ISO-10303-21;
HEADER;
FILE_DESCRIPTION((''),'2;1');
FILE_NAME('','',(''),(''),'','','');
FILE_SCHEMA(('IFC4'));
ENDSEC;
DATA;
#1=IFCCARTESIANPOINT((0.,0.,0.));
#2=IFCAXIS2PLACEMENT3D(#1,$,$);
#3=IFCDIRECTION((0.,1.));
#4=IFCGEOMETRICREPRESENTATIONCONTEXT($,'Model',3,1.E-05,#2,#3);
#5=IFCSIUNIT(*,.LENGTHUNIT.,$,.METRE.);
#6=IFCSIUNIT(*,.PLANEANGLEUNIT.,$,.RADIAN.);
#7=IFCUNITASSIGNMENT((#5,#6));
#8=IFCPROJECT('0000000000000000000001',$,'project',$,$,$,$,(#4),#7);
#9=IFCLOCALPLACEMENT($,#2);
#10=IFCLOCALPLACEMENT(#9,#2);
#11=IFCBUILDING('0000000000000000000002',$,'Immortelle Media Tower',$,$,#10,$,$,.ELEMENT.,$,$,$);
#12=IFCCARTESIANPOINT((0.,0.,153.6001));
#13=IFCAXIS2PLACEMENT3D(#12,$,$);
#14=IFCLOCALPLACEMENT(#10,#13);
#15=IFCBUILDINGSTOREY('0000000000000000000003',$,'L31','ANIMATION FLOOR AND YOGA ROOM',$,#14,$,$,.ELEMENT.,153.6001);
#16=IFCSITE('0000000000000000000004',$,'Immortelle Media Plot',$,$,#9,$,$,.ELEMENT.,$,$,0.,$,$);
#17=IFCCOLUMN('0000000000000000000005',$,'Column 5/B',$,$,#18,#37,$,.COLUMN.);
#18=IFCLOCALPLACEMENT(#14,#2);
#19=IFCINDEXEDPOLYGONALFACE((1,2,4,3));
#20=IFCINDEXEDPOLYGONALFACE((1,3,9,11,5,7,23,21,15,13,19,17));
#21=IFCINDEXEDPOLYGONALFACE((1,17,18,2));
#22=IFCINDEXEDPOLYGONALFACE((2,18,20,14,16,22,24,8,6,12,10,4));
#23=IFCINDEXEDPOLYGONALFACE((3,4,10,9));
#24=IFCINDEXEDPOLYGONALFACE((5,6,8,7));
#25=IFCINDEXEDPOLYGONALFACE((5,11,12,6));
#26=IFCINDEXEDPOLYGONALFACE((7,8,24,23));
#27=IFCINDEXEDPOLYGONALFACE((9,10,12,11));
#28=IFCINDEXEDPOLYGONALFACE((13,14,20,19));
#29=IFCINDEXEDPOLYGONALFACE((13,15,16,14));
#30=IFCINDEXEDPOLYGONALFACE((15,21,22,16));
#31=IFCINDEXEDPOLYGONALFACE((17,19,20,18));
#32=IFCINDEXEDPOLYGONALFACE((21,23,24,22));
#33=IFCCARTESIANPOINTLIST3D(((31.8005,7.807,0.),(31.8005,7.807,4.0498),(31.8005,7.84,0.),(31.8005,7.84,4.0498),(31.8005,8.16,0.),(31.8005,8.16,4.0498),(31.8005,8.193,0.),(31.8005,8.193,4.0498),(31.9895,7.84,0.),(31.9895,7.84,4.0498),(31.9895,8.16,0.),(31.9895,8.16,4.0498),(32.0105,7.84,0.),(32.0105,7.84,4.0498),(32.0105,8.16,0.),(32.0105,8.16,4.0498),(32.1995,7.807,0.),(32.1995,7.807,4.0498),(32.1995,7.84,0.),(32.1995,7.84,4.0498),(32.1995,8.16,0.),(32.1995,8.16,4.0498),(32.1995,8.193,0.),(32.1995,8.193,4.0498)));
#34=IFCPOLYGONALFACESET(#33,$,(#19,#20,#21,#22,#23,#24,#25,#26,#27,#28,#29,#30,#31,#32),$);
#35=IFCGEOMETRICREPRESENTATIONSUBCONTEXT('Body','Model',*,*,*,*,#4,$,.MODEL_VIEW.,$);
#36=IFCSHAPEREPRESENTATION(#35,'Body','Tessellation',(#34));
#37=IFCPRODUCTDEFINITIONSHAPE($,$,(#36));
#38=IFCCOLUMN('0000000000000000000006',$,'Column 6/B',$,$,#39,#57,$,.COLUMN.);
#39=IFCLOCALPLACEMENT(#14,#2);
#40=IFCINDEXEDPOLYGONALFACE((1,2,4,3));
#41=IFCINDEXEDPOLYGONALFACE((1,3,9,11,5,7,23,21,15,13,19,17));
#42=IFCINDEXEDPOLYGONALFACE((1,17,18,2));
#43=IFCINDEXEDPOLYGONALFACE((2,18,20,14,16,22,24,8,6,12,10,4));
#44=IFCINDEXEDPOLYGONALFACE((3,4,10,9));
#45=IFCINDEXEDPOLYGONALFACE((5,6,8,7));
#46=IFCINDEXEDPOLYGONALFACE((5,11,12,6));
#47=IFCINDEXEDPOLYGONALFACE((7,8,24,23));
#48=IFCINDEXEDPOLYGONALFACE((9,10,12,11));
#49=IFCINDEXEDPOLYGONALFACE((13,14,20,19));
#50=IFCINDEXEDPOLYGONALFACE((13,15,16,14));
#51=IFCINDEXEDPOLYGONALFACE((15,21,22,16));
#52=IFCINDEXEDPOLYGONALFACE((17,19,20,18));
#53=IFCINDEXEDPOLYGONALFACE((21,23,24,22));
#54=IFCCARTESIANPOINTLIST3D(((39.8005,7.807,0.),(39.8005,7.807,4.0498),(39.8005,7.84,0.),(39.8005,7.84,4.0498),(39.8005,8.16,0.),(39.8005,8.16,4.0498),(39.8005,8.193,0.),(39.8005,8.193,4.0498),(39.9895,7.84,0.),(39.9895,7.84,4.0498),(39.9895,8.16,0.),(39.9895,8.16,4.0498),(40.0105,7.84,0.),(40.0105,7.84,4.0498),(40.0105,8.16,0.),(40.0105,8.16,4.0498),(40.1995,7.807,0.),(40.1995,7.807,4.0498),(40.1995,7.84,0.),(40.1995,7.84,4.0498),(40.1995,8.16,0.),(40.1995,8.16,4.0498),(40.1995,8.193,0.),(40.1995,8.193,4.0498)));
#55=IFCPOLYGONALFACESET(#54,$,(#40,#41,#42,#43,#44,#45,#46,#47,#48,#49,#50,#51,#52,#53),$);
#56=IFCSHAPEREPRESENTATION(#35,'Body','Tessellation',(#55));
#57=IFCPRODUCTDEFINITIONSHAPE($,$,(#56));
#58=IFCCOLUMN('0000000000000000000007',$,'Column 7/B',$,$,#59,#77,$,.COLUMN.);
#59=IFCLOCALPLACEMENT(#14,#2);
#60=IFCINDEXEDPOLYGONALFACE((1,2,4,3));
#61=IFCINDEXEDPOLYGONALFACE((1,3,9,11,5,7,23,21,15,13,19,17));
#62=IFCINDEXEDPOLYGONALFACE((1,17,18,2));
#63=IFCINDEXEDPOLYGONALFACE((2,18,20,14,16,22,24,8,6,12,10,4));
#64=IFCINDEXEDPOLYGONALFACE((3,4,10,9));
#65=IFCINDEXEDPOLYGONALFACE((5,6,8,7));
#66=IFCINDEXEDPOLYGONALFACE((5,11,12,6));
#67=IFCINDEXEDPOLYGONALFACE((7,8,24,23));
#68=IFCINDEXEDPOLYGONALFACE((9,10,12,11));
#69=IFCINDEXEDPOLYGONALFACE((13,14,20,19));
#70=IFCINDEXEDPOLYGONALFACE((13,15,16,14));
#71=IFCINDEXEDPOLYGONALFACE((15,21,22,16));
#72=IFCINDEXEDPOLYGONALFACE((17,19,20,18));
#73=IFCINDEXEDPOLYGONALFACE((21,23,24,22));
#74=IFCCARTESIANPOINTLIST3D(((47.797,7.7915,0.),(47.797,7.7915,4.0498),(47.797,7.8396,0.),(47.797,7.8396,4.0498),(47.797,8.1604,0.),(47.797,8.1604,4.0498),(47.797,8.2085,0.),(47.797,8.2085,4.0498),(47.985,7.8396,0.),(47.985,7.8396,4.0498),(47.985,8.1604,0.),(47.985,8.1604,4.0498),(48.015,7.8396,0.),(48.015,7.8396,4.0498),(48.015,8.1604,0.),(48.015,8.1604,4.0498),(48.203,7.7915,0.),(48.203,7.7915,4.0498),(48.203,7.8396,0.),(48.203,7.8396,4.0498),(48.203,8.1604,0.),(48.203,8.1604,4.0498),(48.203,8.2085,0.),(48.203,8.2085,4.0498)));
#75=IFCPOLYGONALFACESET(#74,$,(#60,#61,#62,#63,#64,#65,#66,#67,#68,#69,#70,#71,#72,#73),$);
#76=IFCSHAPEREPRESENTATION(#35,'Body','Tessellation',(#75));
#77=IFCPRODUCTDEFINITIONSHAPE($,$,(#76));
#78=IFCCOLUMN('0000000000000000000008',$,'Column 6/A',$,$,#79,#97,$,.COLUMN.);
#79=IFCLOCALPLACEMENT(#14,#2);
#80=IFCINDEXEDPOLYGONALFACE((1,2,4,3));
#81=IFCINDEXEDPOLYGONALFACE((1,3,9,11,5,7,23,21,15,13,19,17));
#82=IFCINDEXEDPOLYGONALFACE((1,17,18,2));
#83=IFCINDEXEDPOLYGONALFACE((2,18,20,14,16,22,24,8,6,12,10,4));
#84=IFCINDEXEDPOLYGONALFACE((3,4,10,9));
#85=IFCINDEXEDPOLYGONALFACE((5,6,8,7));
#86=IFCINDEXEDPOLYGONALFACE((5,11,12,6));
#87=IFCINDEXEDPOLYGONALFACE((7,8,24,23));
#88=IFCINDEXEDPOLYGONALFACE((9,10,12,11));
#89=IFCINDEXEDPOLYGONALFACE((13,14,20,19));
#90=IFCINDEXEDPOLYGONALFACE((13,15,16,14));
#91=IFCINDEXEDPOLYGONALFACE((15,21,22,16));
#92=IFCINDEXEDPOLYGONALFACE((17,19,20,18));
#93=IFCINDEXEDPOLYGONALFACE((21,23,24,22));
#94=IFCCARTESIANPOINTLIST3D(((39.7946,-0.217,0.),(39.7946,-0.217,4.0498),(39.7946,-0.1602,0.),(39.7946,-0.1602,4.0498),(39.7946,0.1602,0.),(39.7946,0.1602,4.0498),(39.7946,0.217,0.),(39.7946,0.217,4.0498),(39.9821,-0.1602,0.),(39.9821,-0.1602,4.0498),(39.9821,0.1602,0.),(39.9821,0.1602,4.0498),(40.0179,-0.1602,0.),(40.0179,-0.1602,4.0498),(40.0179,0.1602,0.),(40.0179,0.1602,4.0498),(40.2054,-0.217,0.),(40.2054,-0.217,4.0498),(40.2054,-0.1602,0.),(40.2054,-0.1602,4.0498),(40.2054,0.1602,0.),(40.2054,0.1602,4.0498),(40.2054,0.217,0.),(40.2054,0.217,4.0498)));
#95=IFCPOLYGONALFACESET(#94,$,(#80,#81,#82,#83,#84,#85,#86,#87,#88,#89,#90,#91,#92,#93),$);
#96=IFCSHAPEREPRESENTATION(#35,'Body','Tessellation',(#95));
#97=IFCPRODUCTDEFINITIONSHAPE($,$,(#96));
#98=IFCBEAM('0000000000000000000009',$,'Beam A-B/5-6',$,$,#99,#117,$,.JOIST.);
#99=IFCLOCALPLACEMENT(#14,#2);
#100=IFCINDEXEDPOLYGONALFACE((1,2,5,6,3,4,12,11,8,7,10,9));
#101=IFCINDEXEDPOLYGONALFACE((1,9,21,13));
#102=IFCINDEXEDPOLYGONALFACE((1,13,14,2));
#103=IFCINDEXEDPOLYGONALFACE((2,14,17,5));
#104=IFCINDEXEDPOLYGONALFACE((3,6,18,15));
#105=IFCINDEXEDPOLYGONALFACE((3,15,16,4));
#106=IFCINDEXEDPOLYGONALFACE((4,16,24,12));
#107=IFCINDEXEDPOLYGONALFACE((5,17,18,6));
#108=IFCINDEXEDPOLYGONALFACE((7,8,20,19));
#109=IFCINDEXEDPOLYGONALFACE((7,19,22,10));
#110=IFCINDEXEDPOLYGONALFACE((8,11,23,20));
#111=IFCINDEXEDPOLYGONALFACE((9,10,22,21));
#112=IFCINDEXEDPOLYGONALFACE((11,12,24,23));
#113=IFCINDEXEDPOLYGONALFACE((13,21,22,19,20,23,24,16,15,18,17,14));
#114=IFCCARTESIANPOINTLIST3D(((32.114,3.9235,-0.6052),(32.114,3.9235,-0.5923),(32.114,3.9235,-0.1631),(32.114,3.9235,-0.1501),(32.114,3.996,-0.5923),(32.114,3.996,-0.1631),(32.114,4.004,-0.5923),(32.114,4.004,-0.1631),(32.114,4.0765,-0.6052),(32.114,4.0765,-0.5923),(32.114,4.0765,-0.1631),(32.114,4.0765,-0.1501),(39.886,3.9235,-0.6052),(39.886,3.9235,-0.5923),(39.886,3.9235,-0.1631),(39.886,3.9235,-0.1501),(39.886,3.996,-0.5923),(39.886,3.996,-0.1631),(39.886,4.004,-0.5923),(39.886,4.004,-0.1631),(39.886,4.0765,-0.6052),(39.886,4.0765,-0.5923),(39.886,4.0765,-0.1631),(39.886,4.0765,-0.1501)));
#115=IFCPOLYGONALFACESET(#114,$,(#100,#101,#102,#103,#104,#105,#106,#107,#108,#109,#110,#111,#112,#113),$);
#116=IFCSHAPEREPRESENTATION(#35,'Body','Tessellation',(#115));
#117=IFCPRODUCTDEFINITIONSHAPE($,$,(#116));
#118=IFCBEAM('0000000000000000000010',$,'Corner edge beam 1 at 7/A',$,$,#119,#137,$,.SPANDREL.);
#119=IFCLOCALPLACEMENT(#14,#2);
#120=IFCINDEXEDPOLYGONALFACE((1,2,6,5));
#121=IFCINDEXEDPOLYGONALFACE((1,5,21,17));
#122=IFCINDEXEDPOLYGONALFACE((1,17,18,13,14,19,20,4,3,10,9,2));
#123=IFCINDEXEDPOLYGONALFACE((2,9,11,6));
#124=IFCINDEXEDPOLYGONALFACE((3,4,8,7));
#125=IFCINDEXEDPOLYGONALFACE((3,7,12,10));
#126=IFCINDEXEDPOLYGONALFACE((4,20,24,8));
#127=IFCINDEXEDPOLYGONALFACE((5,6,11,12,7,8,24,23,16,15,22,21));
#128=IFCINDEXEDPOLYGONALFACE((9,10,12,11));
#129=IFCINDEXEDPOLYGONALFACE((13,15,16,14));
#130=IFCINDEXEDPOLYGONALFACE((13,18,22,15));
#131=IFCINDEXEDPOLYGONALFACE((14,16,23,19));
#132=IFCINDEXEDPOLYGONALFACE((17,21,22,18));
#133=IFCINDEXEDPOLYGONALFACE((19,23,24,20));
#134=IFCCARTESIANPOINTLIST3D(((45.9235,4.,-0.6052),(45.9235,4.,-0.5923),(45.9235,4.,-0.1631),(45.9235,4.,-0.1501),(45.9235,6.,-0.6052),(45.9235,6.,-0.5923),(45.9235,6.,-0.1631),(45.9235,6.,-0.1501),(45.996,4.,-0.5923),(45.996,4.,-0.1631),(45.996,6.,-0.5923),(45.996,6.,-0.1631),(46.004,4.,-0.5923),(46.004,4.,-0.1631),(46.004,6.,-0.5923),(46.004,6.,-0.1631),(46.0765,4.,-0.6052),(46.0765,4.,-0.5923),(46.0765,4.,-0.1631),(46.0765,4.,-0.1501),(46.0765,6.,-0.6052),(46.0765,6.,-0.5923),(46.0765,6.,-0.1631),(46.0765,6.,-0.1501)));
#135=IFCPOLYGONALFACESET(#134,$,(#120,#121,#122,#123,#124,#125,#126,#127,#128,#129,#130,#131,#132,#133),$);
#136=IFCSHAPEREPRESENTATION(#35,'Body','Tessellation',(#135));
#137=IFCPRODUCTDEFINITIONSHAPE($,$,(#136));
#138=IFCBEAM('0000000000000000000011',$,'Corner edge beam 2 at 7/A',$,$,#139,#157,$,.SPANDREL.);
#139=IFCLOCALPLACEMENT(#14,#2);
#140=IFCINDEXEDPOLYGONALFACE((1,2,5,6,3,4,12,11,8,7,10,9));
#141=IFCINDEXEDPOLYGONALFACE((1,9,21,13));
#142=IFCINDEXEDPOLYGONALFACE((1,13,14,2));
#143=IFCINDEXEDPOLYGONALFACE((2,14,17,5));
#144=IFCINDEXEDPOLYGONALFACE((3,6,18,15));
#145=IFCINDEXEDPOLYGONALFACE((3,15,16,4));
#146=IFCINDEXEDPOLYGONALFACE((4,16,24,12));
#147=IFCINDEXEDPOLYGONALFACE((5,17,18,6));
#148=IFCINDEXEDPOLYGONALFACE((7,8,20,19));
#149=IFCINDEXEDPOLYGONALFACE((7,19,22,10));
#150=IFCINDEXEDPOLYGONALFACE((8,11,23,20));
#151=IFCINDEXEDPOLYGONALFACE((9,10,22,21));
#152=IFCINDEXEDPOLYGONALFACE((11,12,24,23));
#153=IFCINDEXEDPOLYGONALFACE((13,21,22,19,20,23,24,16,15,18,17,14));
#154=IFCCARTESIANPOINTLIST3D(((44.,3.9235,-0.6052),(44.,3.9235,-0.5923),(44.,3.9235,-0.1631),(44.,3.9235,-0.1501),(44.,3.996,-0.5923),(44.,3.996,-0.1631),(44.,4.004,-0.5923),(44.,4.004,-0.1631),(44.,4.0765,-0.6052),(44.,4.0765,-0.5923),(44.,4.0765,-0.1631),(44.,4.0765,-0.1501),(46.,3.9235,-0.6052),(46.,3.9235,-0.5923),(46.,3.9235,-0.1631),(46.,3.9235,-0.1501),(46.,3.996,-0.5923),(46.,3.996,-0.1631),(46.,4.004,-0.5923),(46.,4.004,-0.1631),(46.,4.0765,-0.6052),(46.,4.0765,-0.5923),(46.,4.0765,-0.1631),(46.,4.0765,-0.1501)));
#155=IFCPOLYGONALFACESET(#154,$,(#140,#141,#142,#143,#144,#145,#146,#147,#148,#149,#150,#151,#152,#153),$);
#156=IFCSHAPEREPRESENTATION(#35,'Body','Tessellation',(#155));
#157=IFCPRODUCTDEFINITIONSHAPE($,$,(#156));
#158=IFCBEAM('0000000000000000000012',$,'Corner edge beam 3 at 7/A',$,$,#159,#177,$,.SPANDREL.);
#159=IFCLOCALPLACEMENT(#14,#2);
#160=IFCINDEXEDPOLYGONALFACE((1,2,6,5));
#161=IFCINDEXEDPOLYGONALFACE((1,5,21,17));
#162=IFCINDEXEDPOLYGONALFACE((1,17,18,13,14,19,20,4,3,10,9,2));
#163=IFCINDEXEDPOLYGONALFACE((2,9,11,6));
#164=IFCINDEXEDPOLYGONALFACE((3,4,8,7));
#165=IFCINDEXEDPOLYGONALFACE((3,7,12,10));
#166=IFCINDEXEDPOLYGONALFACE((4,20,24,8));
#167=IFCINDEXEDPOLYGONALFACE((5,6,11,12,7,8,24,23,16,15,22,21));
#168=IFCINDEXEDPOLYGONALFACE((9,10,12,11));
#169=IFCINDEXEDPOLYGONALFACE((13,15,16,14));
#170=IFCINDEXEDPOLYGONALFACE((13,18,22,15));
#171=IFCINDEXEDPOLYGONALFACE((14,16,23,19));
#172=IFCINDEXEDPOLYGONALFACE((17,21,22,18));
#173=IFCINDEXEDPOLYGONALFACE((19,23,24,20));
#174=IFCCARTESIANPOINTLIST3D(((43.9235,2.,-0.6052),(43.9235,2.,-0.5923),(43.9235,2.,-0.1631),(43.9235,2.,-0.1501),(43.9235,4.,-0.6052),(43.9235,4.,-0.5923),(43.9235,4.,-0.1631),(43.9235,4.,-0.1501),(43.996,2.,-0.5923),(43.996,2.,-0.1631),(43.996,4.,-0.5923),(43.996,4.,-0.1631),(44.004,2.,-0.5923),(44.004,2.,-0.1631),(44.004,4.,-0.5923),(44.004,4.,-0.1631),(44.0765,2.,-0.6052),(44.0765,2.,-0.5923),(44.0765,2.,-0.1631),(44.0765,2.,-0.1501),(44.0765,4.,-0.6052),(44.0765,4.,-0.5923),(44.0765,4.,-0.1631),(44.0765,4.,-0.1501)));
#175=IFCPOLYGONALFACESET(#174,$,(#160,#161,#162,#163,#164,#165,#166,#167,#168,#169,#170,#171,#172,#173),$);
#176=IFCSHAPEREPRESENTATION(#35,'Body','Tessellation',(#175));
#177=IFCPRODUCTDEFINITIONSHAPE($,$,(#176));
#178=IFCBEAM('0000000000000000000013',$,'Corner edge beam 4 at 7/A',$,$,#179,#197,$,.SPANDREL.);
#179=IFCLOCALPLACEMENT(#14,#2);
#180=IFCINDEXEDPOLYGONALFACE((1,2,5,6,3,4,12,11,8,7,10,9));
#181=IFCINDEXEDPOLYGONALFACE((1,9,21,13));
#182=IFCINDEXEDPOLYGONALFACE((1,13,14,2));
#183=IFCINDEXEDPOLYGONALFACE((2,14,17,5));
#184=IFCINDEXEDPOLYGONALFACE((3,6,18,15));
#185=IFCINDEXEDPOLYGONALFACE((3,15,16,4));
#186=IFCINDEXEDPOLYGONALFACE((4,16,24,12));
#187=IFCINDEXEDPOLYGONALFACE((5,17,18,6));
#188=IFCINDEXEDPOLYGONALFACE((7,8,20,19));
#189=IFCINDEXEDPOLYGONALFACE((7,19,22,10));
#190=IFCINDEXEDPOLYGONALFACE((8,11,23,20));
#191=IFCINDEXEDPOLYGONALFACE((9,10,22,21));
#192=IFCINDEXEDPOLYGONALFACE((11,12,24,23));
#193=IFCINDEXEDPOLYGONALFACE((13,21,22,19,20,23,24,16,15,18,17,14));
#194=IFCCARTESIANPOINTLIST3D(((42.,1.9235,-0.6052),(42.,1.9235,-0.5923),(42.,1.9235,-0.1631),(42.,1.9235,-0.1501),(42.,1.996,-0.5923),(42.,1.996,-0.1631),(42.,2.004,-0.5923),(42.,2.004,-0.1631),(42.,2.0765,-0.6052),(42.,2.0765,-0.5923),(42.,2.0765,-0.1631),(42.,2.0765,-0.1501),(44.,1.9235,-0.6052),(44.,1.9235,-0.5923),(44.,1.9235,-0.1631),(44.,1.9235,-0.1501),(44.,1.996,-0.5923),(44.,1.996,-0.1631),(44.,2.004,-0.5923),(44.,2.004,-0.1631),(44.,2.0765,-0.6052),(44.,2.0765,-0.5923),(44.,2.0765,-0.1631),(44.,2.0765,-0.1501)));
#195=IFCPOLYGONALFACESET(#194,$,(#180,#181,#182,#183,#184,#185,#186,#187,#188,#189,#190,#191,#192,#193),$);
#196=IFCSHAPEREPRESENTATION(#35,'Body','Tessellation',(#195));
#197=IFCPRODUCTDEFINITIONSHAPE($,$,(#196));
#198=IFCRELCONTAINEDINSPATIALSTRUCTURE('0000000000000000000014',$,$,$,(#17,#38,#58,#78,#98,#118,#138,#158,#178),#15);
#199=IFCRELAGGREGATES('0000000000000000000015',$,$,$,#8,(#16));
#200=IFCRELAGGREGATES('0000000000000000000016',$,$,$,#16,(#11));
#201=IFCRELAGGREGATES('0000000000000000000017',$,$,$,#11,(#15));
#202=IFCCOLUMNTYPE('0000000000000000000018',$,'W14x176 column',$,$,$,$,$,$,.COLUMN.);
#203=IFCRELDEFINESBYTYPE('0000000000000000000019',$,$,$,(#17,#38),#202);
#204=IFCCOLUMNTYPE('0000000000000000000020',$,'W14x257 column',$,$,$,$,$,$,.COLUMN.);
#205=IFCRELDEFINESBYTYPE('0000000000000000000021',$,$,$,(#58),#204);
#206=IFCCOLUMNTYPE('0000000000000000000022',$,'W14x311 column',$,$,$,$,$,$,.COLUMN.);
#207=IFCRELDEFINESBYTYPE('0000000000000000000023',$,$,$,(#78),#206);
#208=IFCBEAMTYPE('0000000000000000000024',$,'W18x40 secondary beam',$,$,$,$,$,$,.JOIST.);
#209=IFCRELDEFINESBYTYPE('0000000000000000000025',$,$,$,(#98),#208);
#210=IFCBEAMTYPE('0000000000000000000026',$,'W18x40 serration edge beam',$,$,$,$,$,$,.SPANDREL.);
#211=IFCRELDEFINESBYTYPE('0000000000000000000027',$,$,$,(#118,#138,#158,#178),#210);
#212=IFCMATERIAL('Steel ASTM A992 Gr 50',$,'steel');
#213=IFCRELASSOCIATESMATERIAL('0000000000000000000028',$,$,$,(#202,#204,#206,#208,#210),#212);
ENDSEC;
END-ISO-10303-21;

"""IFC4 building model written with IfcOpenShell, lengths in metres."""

from ifc_helpers import new_model, si_unit, direction, frame, origin, origin_2d, place, context, subcontext, project, spatial, i_section, extrude, material, material_profile, profile_set, type_object, element, save


model = new_model("IFC4")

# Units and contexts
model_context = context("Model", 3, precision=1e-05, world=origin(), true_north=direction((0.0, 1.0)))
body_context = subcontext(model_context, "Body", "Model", "MODEL_VIEW")
ifc_project = project(units=[si_unit("LENGTHUNIT", "METRE"), si_unit("PLANEANGLEUNIT", "RADIAN")], contexts=[model_context])

# Site, building, storey
site_placement = place(None, origin())
site = spatial("IfcSite", under=ifc_project, at=site_placement, Name="Immortelle Media Plot", CompositionType="ELEMENT", RefElevation=0.0)
building_placement = place(site_placement, origin())
building = spatial("IfcBuilding", under=site, at=building_placement, Name="Immortelle Media Tower", CompositionType="ELEMENT")
storey_placement = place(building_placement, frame((0.0, 0.0, 153.6001)))
storey = spatial("IfcBuildingStorey", under=building, at=storey_placement, Name="L31", Description="ANIMATION FLOOR AND YOGA ROOM", CompositionType="ELEMENT", Elevation=153.6001)

# Columns
ifc_material_1 = material(Name="Steel ASTM A992 Gr 50", Category="steel")
ifc_material_profile_1 = material_profile(ifc_material_1, i_section(OverallWidth=0.3989, OverallDepth=0.386, WebThickness=0.021, FlangeThickness=0.033, at=origin_2d()), Name="W14x176")
ifc_profile_set_1 = profile_set([ifc_material_profile_1], Name="Steel ASTM A992 Gr 50")
column_type_1 = type_object("IfcColumnType", Name="W14x176 column", PredefinedType="COLUMN", material=ifc_profile_set_1)
for number, where, z_axis, x_axis, name in (
    (1, (32.0, 8.0, 0.0), (0.0, 0.0, 1.0), (1.0, 0.0, 0.0), "Column 5/B"),
    (2, (40.0, 8.0, 0.0), (0.0, 0.0, 1.0), (1.0, 0.0, 0.0), "Column 6/B"),
):
    element("IfcColumn", number, at=place(storey_placement, frame(where, z_axis=z_axis, x_axis=x_axis)), inside=storey, type_object=column_type_1, Name=name, PredefinedType="COLUMN", context=body_context, shape_type="SweptSolid", body=[
        extrude(i_section(OverallWidth=0.3989, OverallDepth=0.386, WebThickness=0.021, FlangeThickness=0.033, at=origin_2d()), origin(), (0.0, 0.0, 1.0), 4.0498),
    ])
ifc_material_profile_2 = material_profile(ifc_material_1, i_section(OverallWidth=0.406, OverallDepth=0.417, WebThickness=0.03, FlangeThickness=0.0481, at=origin_2d()), Name="W14x257")
ifc_profile_set_2 = profile_set([ifc_material_profile_2], Name="Steel ASTM A992 Gr 50")
column_type_2 = type_object("IfcColumnType", Name="W14x257 column", PredefinedType="COLUMN", material=ifc_profile_set_2)
column_1_placement = place(storey_placement, frame((48.0, 8.0, 0.0), z_axis=(0.0, 0.0, 1.0), x_axis=(1.0, 0.0, 0.0)))
element("IfcColumn", 3, at=column_1_placement, inside=storey, type_object=column_type_2, Name="Column 7/B", PredefinedType="COLUMN", context=body_context, shape_type="SweptSolid", body=[
    extrude(i_section(OverallWidth=0.406, OverallDepth=0.417, WebThickness=0.03, FlangeThickness=0.0481, at=origin_2d()), origin(), (0.0, 0.0, 1.0), 4.0498),
])
ifc_material_profile_3 = material_profile(ifc_material_1, i_section(OverallWidth=0.4109, OverallDepth=0.4341, WebThickness=0.0359, FlangeThickness=0.0569, at=origin_2d()), Name="W14x311")
ifc_profile_set_3 = profile_set([ifc_material_profile_3], Name="Steel ASTM A992 Gr 50")
column_type_3 = type_object("IfcColumnType", Name="W14x311 column", PredefinedType="COLUMN", material=ifc_profile_set_3)
column_2_placement = place(storey_placement, frame((40.0, 0.0, 0.0), z_axis=(0.0, 0.0, 1.0), x_axis=(1.0, 0.0, 0.0)))
element("IfcColumn", 4, at=column_2_placement, inside=storey, type_object=column_type_3, Name="Column 6/A", PredefinedType="COLUMN", context=body_context, shape_type="SweptSolid", body=[
    extrude(i_section(OverallWidth=0.4109, OverallDepth=0.4341, WebThickness=0.0359, FlangeThickness=0.0569, at=origin_2d()), origin(), (0.0, 0.0, 1.0), 4.0498),
])

# Beams
ifc_material_profile_4 = material_profile(ifc_material_1, i_section(OverallWidth=0.1531, OverallDepth=0.4551, WebThickness=0.0081, FlangeThickness=0.0129, at=origin_2d()), Name="W18x40")
ifc_profile_set_4 = profile_set([ifc_material_profile_4], Name="Steel ASTM A992 Gr 50")
beam_type_1 = type_object("IfcBeamType", Name="W18x40 secondary beam", PredefinedType="JOIST", material=ifc_profile_set_4)
beam_placement = place(storey_placement, frame((32.114, 4.0, -0.3777), z_axis=(1.0, 0.0, 0.0), x_axis=(0.0, 1.0, 0.0)))
element("IfcBeam", 5, at=beam_placement, inside=storey, type_object=beam_type_1, Name="Beam A-B/5-6", PredefinedType="JOIST", context=body_context, shape_type="SweptSolid", body=[
    extrude(i_section(OverallWidth=0.1531, OverallDepth=0.4551, WebThickness=0.0081, FlangeThickness=0.0129, at=origin_2d()), origin(), (0.0, 0.0, 1.0), 7.772),
])
ifc_material_profile_5 = material_profile(ifc_material_1, i_section(OverallWidth=0.1531, OverallDepth=0.4551, WebThickness=0.0081, FlangeThickness=0.0129, at=origin_2d()), Name="W18x40")
ifc_profile_set_5 = profile_set([ifc_material_profile_5], Name="Steel ASTM A992 Gr 50")
beam_type_2 = type_object("IfcBeamType", Name="W18x40 serration edge beam", PredefinedType="SPANDREL", material=ifc_profile_set_5)
for number, where, z_axis, x_axis, name in (
    (6, (46.0, 6.0, -0.3777), (0.0, -1.0, 0.0), (1.0, 0.0, 0.0), "Corner edge beam 1 at 7/A"),
    (7, (46.0, 4.0, -0.3777), (-1.0, 0.0, 0.0), (0.0, -1.0, 0.0), "Corner edge beam 2 at 7/A"),
    (8, (44.0, 4.0, -0.3777), (0.0, -1.0, 0.0), (1.0, 0.0, 0.0), "Corner edge beam 3 at 7/A"),
    (9, (44.0, 2.0, -0.3777), (-1.0, 0.0, 0.0), (0.0, -1.0, 0.0), "Corner edge beam 4 at 7/A"),
):
    element("IfcBeam", number, at=place(storey_placement, frame(where, z_axis=z_axis, x_axis=x_axis)), inside=storey, type_object=beam_type_2, Name=name, PredefinedType="SPANDREL", context=body_context, shape_type="SweptSolid", body=[
        extrude(i_section(OverallWidth=0.1531, OverallDepth=0.4551, WebThickness=0.0081, FlangeThickness=0.0129, at=origin_2d()), origin(), (0.0, 0.0, 1.0), 2.0),
    ])

save(model, "model.ifc")
